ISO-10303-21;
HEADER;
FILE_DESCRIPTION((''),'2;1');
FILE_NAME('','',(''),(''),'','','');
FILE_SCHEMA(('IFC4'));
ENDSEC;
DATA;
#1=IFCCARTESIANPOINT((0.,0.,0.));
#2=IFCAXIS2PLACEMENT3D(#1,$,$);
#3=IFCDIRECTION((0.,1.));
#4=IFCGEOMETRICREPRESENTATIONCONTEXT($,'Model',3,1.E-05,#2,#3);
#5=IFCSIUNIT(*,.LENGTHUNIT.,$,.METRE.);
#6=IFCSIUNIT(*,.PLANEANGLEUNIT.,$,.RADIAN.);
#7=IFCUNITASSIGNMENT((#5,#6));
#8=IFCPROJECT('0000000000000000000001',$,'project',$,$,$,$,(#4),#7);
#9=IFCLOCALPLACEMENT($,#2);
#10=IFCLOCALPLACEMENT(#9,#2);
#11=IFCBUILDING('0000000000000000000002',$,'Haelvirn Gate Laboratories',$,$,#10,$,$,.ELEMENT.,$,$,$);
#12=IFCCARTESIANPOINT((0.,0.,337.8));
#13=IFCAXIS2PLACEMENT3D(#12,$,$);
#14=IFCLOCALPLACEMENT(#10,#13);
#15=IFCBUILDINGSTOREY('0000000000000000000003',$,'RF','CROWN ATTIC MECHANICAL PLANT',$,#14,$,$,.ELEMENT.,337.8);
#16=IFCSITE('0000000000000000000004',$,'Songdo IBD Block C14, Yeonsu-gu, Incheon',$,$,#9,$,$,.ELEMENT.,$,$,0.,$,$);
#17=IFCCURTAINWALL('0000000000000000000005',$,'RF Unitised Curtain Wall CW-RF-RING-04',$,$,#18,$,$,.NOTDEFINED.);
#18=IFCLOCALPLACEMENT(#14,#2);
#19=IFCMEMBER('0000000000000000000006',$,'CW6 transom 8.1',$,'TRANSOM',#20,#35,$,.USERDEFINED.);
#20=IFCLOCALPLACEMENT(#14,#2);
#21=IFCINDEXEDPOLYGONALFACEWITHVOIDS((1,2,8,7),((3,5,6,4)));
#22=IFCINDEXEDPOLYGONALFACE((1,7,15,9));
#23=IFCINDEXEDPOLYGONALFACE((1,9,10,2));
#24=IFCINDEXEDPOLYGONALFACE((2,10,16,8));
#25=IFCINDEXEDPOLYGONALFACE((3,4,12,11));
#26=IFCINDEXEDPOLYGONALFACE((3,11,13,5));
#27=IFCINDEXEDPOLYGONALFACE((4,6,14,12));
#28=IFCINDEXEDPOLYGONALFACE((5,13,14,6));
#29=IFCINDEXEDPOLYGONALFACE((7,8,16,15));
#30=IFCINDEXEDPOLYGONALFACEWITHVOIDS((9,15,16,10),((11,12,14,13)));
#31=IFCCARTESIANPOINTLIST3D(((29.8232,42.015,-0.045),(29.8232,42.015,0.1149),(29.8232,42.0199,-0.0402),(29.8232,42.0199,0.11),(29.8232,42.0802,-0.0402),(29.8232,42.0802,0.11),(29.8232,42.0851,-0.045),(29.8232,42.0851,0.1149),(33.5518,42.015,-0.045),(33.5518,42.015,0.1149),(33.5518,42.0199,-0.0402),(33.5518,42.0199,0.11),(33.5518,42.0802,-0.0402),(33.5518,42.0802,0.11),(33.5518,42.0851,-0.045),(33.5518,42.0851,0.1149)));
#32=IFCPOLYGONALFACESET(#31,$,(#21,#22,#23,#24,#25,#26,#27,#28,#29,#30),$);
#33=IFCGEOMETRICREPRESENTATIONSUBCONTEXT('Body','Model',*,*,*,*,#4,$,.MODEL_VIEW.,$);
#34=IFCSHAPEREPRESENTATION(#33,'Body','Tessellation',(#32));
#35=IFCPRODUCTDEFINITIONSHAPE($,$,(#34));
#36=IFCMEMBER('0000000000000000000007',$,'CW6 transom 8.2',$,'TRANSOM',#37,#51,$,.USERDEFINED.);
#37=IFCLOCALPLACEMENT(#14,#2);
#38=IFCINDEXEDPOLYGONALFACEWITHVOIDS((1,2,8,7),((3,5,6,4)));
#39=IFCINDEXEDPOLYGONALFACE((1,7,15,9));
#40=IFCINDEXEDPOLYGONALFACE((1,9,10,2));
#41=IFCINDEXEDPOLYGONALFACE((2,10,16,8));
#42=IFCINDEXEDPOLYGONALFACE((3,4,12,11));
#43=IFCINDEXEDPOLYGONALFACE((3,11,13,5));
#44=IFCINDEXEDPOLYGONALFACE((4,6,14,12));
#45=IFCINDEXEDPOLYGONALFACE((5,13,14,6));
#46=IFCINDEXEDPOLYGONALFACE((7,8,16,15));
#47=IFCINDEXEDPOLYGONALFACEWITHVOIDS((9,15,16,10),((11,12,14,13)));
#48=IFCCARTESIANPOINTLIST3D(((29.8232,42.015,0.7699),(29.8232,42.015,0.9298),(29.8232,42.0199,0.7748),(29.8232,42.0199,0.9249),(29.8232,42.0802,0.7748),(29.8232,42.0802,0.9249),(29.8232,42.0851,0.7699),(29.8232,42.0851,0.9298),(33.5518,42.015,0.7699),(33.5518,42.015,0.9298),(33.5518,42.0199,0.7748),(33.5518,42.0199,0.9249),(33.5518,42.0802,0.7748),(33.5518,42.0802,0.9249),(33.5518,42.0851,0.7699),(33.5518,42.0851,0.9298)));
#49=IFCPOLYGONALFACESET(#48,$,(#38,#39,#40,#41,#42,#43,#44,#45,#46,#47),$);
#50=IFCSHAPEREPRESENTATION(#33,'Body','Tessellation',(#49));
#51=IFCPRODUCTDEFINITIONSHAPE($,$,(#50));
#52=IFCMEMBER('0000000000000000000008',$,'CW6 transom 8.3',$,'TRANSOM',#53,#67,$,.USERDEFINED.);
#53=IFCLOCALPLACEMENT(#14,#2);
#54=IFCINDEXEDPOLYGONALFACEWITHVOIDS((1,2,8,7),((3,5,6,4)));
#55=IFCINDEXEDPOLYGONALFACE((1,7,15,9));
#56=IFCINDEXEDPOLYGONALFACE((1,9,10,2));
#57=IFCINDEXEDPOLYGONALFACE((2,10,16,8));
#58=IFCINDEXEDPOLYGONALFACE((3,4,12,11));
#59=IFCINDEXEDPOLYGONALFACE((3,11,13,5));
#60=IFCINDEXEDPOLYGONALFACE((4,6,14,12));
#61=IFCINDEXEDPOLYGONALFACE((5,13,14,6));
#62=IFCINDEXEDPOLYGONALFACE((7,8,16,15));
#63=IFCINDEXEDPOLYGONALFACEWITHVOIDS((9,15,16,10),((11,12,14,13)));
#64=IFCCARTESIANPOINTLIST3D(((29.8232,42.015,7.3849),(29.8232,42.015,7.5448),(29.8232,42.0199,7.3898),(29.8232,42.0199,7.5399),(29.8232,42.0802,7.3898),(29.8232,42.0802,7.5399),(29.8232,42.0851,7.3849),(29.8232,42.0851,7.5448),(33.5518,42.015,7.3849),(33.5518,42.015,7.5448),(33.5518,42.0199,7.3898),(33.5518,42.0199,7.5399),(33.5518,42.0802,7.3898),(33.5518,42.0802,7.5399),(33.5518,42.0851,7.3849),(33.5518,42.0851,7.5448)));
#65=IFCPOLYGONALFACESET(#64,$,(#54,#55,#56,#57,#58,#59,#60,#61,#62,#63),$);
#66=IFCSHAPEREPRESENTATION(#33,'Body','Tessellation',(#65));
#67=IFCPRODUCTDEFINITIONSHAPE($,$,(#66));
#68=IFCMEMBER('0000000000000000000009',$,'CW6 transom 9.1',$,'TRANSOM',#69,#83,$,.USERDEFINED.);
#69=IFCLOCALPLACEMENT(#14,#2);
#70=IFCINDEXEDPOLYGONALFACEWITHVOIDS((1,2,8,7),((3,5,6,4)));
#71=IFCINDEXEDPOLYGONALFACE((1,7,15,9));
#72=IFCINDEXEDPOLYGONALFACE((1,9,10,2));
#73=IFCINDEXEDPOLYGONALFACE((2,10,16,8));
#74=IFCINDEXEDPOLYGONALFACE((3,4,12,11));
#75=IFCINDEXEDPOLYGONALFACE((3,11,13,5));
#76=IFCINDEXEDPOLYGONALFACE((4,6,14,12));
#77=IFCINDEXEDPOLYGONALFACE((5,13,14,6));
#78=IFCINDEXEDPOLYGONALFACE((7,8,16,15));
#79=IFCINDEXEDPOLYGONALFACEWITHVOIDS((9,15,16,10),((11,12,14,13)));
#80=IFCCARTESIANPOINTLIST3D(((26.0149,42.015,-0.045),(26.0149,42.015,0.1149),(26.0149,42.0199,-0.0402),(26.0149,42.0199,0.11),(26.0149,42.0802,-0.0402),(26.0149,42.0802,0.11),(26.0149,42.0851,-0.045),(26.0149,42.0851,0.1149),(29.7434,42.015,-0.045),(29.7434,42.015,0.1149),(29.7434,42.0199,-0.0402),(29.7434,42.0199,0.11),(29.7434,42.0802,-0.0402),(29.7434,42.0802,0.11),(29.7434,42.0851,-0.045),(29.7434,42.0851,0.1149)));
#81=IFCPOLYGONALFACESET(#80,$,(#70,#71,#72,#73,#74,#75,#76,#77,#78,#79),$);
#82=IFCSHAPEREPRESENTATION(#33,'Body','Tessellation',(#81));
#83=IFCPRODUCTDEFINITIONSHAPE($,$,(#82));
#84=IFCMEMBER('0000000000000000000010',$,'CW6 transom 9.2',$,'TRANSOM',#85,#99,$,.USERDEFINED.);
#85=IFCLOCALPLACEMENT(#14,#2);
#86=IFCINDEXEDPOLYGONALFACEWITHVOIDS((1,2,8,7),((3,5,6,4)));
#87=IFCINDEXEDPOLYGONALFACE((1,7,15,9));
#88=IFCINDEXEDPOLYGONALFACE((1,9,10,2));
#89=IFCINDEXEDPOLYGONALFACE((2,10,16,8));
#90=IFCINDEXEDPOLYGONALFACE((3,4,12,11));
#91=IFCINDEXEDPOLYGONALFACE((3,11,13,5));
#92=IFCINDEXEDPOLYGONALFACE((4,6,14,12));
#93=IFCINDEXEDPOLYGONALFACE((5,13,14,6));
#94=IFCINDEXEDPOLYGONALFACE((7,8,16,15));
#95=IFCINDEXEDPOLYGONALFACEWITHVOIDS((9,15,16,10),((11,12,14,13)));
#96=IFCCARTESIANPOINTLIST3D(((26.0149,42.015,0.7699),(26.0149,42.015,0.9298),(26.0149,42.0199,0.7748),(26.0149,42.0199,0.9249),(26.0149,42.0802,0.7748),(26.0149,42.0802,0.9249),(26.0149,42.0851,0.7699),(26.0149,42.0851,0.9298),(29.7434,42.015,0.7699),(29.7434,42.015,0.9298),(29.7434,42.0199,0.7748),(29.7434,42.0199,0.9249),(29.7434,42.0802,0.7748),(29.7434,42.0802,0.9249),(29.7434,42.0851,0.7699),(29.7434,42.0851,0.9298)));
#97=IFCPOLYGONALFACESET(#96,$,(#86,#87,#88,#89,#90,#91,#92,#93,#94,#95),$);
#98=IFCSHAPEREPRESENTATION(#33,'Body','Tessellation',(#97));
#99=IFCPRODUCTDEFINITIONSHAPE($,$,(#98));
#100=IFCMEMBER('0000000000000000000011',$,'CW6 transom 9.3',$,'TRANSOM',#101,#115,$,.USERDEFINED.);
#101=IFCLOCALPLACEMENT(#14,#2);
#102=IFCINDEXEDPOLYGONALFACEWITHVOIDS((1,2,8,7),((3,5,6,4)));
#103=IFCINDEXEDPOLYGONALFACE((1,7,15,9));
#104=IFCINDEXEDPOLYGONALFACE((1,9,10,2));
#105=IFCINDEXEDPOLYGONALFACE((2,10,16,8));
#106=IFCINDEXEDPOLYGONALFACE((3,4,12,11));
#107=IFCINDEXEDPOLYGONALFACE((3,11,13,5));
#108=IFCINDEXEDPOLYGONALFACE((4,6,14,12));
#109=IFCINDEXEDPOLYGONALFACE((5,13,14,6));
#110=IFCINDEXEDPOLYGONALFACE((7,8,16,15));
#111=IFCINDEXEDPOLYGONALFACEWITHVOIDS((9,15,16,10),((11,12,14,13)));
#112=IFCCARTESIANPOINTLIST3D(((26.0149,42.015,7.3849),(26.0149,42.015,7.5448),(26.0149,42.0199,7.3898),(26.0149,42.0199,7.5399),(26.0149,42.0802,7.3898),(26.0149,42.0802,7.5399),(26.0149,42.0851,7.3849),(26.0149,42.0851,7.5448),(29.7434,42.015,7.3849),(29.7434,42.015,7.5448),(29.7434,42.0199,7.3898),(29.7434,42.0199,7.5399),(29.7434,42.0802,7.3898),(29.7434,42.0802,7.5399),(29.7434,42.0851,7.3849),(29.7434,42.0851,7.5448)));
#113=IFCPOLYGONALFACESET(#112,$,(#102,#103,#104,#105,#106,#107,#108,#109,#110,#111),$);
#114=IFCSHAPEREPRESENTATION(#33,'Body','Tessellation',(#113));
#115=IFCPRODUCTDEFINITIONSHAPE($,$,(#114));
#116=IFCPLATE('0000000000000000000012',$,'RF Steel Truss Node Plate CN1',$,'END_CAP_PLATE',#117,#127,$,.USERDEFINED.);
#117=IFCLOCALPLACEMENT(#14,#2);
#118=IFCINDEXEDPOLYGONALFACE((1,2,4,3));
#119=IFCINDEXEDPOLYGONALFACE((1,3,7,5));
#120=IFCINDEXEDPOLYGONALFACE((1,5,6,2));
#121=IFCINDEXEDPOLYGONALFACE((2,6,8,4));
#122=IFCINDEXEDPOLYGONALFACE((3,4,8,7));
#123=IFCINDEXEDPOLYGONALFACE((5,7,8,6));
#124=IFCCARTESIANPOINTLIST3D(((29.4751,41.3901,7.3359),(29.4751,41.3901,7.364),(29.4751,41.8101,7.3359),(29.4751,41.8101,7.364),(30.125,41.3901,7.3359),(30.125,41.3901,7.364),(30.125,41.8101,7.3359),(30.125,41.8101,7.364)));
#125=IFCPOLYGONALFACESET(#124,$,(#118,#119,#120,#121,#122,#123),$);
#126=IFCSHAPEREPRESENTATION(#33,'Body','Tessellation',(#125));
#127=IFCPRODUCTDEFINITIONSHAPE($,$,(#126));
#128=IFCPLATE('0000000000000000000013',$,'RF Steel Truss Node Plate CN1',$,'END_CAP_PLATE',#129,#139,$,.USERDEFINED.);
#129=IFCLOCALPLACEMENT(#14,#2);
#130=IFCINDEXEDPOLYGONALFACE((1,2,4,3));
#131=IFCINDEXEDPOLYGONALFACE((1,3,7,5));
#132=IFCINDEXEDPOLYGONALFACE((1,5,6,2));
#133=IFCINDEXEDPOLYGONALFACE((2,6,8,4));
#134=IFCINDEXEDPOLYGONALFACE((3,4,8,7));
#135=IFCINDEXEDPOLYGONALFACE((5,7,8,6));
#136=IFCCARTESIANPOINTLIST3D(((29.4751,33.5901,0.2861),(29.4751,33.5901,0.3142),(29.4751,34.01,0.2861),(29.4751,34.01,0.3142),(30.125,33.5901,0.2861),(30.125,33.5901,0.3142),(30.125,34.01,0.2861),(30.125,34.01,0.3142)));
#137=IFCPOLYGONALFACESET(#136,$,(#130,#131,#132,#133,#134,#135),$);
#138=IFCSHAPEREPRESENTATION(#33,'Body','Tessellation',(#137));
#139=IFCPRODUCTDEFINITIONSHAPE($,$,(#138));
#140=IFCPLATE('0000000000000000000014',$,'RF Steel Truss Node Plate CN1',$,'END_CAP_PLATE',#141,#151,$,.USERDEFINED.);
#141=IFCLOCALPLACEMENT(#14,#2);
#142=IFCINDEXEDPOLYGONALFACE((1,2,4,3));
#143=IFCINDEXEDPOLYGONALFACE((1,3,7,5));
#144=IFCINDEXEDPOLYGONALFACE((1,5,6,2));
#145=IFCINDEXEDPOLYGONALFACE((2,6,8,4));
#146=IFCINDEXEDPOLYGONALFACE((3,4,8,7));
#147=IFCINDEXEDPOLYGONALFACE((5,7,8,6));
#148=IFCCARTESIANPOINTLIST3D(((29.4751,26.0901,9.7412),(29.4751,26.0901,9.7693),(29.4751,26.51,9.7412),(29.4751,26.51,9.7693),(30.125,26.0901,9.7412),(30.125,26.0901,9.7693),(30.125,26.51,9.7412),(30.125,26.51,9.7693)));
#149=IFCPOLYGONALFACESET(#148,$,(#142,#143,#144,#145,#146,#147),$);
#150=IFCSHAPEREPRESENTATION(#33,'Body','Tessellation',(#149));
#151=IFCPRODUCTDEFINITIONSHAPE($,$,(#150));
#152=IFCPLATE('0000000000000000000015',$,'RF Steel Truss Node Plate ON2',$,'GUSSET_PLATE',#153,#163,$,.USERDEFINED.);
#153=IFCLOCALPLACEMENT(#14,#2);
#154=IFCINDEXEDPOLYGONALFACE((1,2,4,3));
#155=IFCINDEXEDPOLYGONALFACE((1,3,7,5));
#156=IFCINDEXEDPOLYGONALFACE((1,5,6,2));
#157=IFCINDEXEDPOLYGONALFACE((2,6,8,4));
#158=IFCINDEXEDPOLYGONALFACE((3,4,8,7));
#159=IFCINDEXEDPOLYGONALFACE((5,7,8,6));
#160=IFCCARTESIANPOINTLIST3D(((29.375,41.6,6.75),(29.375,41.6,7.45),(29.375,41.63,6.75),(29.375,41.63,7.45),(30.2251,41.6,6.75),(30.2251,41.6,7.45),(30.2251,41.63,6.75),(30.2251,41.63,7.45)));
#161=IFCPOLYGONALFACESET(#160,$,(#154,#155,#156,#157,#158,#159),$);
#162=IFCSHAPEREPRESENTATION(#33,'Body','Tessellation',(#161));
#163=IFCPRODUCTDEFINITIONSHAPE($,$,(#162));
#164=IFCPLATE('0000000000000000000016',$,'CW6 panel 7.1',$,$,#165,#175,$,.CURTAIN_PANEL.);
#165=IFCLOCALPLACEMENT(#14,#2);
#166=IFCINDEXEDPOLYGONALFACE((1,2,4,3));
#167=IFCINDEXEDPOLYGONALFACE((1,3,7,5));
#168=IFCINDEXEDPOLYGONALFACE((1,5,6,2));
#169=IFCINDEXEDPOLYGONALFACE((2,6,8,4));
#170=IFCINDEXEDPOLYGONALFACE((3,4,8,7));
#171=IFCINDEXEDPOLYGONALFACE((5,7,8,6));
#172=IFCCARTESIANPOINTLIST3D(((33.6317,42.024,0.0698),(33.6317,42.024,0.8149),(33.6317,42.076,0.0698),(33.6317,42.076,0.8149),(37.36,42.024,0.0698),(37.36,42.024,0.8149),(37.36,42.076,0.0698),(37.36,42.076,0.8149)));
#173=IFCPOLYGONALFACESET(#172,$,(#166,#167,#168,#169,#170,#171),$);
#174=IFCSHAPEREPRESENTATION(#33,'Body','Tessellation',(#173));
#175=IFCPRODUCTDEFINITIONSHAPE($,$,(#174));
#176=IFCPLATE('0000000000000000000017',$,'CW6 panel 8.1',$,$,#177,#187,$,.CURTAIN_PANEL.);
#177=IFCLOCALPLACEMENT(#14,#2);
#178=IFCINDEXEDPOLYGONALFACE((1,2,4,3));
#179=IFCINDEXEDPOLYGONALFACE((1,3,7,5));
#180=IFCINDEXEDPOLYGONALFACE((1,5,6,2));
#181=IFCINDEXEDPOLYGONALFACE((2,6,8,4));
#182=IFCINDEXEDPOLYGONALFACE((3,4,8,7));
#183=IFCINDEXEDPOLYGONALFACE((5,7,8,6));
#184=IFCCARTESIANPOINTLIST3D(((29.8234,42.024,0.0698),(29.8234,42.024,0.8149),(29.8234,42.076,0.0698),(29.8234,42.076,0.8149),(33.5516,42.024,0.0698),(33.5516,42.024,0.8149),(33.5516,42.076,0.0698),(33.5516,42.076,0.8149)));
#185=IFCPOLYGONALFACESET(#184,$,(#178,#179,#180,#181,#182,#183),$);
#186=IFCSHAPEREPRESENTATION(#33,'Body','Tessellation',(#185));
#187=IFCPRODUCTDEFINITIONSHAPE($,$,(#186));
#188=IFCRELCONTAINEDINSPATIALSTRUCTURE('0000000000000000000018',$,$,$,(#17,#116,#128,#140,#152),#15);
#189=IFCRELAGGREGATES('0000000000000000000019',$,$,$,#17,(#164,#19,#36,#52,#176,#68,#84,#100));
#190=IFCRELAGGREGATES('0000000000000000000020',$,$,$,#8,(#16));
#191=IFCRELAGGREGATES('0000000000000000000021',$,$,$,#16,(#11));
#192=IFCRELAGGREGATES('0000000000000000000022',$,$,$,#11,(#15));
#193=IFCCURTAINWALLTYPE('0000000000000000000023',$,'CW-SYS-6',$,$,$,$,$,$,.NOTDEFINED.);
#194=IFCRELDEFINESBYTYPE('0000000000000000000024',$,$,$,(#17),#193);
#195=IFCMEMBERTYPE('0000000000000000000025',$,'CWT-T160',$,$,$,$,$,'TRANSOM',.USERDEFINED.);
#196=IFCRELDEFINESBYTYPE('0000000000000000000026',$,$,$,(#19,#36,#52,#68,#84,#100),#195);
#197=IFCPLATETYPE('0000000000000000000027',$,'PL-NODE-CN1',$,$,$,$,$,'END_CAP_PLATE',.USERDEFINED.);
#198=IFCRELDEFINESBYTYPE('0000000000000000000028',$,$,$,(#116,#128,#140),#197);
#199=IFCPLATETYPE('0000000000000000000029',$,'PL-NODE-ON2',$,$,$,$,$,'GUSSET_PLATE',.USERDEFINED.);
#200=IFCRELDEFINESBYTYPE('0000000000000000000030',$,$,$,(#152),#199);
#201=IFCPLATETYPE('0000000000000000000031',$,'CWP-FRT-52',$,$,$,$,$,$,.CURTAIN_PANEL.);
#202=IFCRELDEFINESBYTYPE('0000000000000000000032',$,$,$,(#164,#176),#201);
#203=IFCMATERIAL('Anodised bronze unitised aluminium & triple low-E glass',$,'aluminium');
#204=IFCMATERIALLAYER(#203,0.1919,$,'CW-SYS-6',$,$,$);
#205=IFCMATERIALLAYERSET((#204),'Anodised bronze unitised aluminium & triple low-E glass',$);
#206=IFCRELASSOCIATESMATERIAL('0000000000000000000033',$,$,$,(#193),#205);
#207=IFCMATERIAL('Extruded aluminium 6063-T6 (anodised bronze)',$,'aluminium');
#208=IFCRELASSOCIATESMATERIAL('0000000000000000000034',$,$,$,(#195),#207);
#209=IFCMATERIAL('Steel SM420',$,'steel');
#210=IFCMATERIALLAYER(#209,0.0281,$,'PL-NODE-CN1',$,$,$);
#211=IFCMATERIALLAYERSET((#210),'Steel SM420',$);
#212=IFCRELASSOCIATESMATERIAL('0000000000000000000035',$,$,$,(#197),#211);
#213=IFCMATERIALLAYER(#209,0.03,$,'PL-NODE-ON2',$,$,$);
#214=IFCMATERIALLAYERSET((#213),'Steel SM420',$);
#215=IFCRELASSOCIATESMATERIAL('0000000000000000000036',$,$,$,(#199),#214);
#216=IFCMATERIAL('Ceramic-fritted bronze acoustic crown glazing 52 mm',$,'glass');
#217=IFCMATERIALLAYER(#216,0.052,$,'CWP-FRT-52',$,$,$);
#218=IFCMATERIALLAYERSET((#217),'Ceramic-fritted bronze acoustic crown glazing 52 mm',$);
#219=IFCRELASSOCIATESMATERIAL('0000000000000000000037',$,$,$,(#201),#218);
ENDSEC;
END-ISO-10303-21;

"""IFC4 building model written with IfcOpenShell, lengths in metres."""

from ifc_helpers import new_model, si_unit, direction, frame, origin, origin_2d, place, context, subcontext, project, spatial, rectangle, hollow_rectangle, extrude, source, transform, mapped, material, layer, layer_set, material_profile, profile_set, type_object, type_shapes, element, aggregate, save


model = new_model("IFC4")

# Units and contexts
model_context = context("Model", 3, precision=1e-05, world=origin(), true_north=direction((0.0, 1.0)))
body_context = subcontext(model_context, "Body", "Model", "MODEL_VIEW")
ifc_project = project(units=[si_unit("LENGTHUNIT", "METRE"), si_unit("PLANEANGLEUNIT", "RADIAN")], contexts=[model_context])

# Site, building, storey
site_placement = place(None, origin())
site = spatial("IfcSite", under=ifc_project, at=site_placement, Name="Songdo IBD Block C14, Yeonsu-gu, Incheon", CompositionType="ELEMENT", RefElevation=0.0)
building_placement = place(site_placement, origin())
building = spatial("IfcBuilding", under=site, at=building_placement, Name="Haelvirn Gate Laboratories", CompositionType="ELEMENT")
storey_placement = place(building_placement, frame((0.0, 0.0, 337.8)))
storey = spatial("IfcBuildingStorey", under=building, at=storey_placement, Name="RF", Description="CROWN ATTIC MECHANICAL PLANT", CompositionType="ELEMENT", Elevation=337.8)

# Shared definitions
ifc_material_1 = material(Name="Steel SM420", Category="steel")

# Curtain wall, members
ifc_material_2 = material(Name="Anodised bronze unitised aluminium & triple low-E glass", Category="aluminium")
ifc_layer_1 = layer(ifc_material_2, 0.1919, Name="CW-SYS-6")
ifc_layer_set_1 = layer_set([ifc_layer_1], Name="Anodised bronze unitised aluminium & triple low-E glass")
curtain_wall_type = type_object("IfcCurtainWallType", Name="CW-SYS-6", PredefinedType="NOTDEFINED", material=ifc_layer_set_1)
curtain_wall_placement = place(storey_placement, origin())
curtain_wall = element("IfcCurtainWall", 1, at=curtain_wall_placement, inside=storey, type_object=curtain_wall_type, Name="RF Unitised Curtain Wall CW-RF-RING-04", PredefinedType="NOTDEFINED")
ifc_material_3 = material(Name="Extruded aluminium 6063-T6 (anodised bronze)", Category="aluminium")
ifc_material_profile_1 = material_profile(ifc_material_3, hollow_rectangle(XDim=0.0701, YDim=0.1599, WallThickness=0.0049, at=origin_2d()), Name="CWT-160x70x5")
ifc_profile_set_1 = profile_set([ifc_material_profile_1], Name="Extruded aluminium 6063-T6 (anodised bronze)")
member_type_1 = type_object("IfcMemberType", Name="CWT-T160", ElementType="TRANSOM", PredefinedType="USERDEFINED", material=ifc_profile_set_1)
shared_shape_1 = source(origin(), body_context, "Body", "SweptSolid", [
    extrude(hollow_rectangle(XDim=0.0701, YDim=0.1599, WallThickness=0.0049, at=origin_2d()), origin(), (0.0, 0.0, 1.0), 3.7285),
])
member_1_placement = place(storey_placement, frame((33.5518, 42.05, 0.0349), z_axis=(-1.0, 0.0, 0.0), x_axis=(0.0, -1.0, 0.0)))
member_1 = element("IfcMember", 2, at=member_1_placement, type_object=member_type_1, Name="CW6 transom 8.1", ObjectType="TRANSOM", PredefinedType="USERDEFINED", context=body_context, shape_type="MappedRepresentation", body=[
    mapped(shared_shape_1, transform((0.0, 0.0, 0.0), scale=1.0)),
])
member_2_placement = place(storey_placement, frame((33.5518, 42.05, 0.8499), z_axis=(-1.0, 0.0, 0.0), x_axis=(0.0, -1.0, 0.0)))
member_2 = element("IfcMember", 3, at=member_2_placement, type_object=member_type_1, Name="CW6 transom 8.2", ObjectType="TRANSOM", PredefinedType="USERDEFINED", context=body_context, shape_type="MappedRepresentation", body=[
    mapped(shared_shape_1, transform((0.0, 0.0, 0.0), scale=1.0)),
])
member_3_placement = place(storey_placement, frame((33.5518, 42.05, 7.4648), z_axis=(-1.0, 0.0, 0.0), x_axis=(0.0, -1.0, 0.0)))
member_3 = element("IfcMember", 4, at=member_3_placement, type_object=member_type_1, Name="CW6 transom 8.3", ObjectType="TRANSOM", PredefinedType="USERDEFINED", context=body_context, shape_type="MappedRepresentation", body=[
    mapped(shared_shape_1, transform((0.0, 0.0, 0.0), scale=1.0)),
])
member_4_placement = place(storey_placement, frame((29.7434, 42.05, 0.0349), z_axis=(-1.0, 0.0, 0.0), x_axis=(0.0, -1.0, 0.0)))
member_4 = element("IfcMember", 5, at=member_4_placement, type_object=member_type_1, Name="CW6 transom 9.1", ObjectType="TRANSOM", PredefinedType="USERDEFINED", context=body_context, shape_type="MappedRepresentation", body=[
    mapped(shared_shape_1, transform((0.0, 0.0, 0.0), scale=1.0)),
])
member_5_placement = place(storey_placement, frame((29.7434, 42.05, 0.8499), z_axis=(-1.0, 0.0, 0.0), x_axis=(0.0, -1.0, 0.0)))
member_5 = element("IfcMember", 6, at=member_5_placement, type_object=member_type_1, Name="CW6 transom 9.2", ObjectType="TRANSOM", PredefinedType="USERDEFINED", context=body_context, shape_type="MappedRepresentation", body=[
    mapped(shared_shape_1, transform((0.0, 0.0, 0.0), scale=1.0)),
])
member_6_placement = place(storey_placement, frame((29.7434, 42.05, 7.4648), z_axis=(-1.0, 0.0, 0.0), x_axis=(0.0, -1.0, 0.0)))
member_6 = element("IfcMember", 7, at=member_6_placement, type_object=member_type_1, Name="CW6 transom 9.3", ObjectType="TRANSOM", PredefinedType="USERDEFINED", context=body_context, shape_type="MappedRepresentation", body=[
    mapped(shared_shape_1, transform((0.0, 0.0, 0.0), scale=1.0)),
])

# Plates
ifc_layer_2 = layer(ifc_material_1, 0.0281, Name="PL-NODE-CN1")
ifc_layer_set_2 = layer_set([ifc_layer_2], Name="Steel SM420")
plate_type_1 = type_object("IfcPlateType", Name="PL-NODE-CN1", ElementType="END_CAP_PLATE", PredefinedType="USERDEFINED", material=ifc_layer_set_2)
shared_shape_2 = source(origin(), body_context, "Body", "SweptSolid", [
    extrude(rectangle(XDim=0.6499, YDim=0.4199, at=origin_2d()), origin(), (0.0, 0.0, 1.0), 0.0281),
])
type_shapes(plate_type_1, [shared_shape_2])
for number, where, z_axis, x_axis, name in (
    (8, (29.8, 41.6001, 7.3359), (0.0, 0.0, 1.0), (1.0, 0.0, 0.0), "RF Steel Truss Node Plate CN1"),
    (9, (29.8, 33.8, 0.2861), (0.0, 0.0, 1.0), (1.0, 0.0, 0.0), "RF Steel Truss Node Plate CN1"),
    (10, (29.8, 26.3, 9.7412), (0.0, 0.0, 1.0), (1.0, 0.0, 0.0), "RF Steel Truss Node Plate CN1"),
):
    element("IfcPlate", number, at=place(storey_placement, frame(where, z_axis=z_axis, x_axis=x_axis)), inside=storey, type_object=plate_type_1, Name=name, ObjectType="END_CAP_PLATE", PredefinedType="USERDEFINED", context=body_context, shape_type="MappedRepresentation", body=[
        mapped(shared_shape_2, transform((0.0, 0.0, 0.0), scale=1.0)),
    ])
ifc_layer_3 = layer(ifc_material_1, 0.03, Name="PL-NODE-ON2")
ifc_layer_set_3 = layer_set([ifc_layer_3], Name="Steel SM420")
plate_type_2 = type_object("IfcPlateType", Name="PL-NODE-ON2", ElementType="GUSSET_PLATE", PredefinedType="USERDEFINED", material=ifc_layer_set_3)
shared_shape_3 = source(origin(), body_context, "Body", "SweptSolid", [
    extrude(rectangle(XDim=0.8501, YDim=0.03, at=origin_2d()), origin(), (0.0, 0.0, 1.0), 0.7),
])
type_shapes(plate_type_2, [shared_shape_3])
plate_1_placement = place(storey_placement, frame((29.8, 41.615, 6.75), z_axis=(0.0, 0.0, 1.0), x_axis=(1.0, 0.0, 0.0)))
element("IfcPlate", 11, at=plate_1_placement, inside=storey, type_object=plate_type_2, Name="RF Steel Truss Node Plate ON2", ObjectType="GUSSET_PLATE", PredefinedType="USERDEFINED", context=body_context, shape_type="MappedRepresentation", body=[
    mapped(shared_shape_3, transform((0.0, 0.0, 0.0), scale=1.0)),
])

# Plates
ifc_material_4 = material(Name="Ceramic-fritted bronze acoustic crown glazing 52 mm", Category="glass")
ifc_layer_4 = layer(ifc_material_4, 0.052, Name="CWP-FRT-52")
ifc_layer_set_4 = layer_set([ifc_layer_4], Name="Ceramic-fritted bronze acoustic crown glazing 52 mm")
plate_type_3 = type_object("IfcPlateType", Name="CWP-FRT-52", PredefinedType="CURTAIN_PANEL", material=ifc_layer_set_4)
shared_shape_4 = source(origin(), body_context, "Body", "SweptSolid", [
    extrude(rectangle(XDim=3.7283, YDim=0.052, at=origin_2d()), origin(), (0.0, 0.0, 1.0), 0.7451),
])
plate_2_placement = place(storey_placement, frame((35.4958, 42.05, 0.0698), z_axis=(0.0, 0.0, 1.0), x_axis=(-1.0, 0.0, 0.0)))
plate_2 = element("IfcPlate", 12, at=plate_2_placement, type_object=plate_type_3, Name="CW6 panel 7.1", PredefinedType="CURTAIN_PANEL", context=body_context, shape_type="MappedRepresentation", body=[
    mapped(shared_shape_4, transform((0.0, 0.0, 0.0), scale=1.0)),
])
plate_3_placement = place(storey_placement, frame((31.6875, 42.05, 0.0698), z_axis=(0.0, 0.0, 1.0), x_axis=(-1.0, 0.0, 0.0)))
plate_3 = element("IfcPlate", 13, at=plate_3_placement, type_object=plate_type_3, Name="CW6 panel 8.1", PredefinedType="CURTAIN_PANEL", context=body_context, shape_type="MappedRepresentation", body=[
    mapped(shared_shape_4, transform((0.0, 0.0, 0.0), scale=1.0)),
])
aggregate(curtain_wall, [plate_2, member_1, member_2, member_3, plate_3, member_4, member_5, member_6])

save(model, "model.ifc")
